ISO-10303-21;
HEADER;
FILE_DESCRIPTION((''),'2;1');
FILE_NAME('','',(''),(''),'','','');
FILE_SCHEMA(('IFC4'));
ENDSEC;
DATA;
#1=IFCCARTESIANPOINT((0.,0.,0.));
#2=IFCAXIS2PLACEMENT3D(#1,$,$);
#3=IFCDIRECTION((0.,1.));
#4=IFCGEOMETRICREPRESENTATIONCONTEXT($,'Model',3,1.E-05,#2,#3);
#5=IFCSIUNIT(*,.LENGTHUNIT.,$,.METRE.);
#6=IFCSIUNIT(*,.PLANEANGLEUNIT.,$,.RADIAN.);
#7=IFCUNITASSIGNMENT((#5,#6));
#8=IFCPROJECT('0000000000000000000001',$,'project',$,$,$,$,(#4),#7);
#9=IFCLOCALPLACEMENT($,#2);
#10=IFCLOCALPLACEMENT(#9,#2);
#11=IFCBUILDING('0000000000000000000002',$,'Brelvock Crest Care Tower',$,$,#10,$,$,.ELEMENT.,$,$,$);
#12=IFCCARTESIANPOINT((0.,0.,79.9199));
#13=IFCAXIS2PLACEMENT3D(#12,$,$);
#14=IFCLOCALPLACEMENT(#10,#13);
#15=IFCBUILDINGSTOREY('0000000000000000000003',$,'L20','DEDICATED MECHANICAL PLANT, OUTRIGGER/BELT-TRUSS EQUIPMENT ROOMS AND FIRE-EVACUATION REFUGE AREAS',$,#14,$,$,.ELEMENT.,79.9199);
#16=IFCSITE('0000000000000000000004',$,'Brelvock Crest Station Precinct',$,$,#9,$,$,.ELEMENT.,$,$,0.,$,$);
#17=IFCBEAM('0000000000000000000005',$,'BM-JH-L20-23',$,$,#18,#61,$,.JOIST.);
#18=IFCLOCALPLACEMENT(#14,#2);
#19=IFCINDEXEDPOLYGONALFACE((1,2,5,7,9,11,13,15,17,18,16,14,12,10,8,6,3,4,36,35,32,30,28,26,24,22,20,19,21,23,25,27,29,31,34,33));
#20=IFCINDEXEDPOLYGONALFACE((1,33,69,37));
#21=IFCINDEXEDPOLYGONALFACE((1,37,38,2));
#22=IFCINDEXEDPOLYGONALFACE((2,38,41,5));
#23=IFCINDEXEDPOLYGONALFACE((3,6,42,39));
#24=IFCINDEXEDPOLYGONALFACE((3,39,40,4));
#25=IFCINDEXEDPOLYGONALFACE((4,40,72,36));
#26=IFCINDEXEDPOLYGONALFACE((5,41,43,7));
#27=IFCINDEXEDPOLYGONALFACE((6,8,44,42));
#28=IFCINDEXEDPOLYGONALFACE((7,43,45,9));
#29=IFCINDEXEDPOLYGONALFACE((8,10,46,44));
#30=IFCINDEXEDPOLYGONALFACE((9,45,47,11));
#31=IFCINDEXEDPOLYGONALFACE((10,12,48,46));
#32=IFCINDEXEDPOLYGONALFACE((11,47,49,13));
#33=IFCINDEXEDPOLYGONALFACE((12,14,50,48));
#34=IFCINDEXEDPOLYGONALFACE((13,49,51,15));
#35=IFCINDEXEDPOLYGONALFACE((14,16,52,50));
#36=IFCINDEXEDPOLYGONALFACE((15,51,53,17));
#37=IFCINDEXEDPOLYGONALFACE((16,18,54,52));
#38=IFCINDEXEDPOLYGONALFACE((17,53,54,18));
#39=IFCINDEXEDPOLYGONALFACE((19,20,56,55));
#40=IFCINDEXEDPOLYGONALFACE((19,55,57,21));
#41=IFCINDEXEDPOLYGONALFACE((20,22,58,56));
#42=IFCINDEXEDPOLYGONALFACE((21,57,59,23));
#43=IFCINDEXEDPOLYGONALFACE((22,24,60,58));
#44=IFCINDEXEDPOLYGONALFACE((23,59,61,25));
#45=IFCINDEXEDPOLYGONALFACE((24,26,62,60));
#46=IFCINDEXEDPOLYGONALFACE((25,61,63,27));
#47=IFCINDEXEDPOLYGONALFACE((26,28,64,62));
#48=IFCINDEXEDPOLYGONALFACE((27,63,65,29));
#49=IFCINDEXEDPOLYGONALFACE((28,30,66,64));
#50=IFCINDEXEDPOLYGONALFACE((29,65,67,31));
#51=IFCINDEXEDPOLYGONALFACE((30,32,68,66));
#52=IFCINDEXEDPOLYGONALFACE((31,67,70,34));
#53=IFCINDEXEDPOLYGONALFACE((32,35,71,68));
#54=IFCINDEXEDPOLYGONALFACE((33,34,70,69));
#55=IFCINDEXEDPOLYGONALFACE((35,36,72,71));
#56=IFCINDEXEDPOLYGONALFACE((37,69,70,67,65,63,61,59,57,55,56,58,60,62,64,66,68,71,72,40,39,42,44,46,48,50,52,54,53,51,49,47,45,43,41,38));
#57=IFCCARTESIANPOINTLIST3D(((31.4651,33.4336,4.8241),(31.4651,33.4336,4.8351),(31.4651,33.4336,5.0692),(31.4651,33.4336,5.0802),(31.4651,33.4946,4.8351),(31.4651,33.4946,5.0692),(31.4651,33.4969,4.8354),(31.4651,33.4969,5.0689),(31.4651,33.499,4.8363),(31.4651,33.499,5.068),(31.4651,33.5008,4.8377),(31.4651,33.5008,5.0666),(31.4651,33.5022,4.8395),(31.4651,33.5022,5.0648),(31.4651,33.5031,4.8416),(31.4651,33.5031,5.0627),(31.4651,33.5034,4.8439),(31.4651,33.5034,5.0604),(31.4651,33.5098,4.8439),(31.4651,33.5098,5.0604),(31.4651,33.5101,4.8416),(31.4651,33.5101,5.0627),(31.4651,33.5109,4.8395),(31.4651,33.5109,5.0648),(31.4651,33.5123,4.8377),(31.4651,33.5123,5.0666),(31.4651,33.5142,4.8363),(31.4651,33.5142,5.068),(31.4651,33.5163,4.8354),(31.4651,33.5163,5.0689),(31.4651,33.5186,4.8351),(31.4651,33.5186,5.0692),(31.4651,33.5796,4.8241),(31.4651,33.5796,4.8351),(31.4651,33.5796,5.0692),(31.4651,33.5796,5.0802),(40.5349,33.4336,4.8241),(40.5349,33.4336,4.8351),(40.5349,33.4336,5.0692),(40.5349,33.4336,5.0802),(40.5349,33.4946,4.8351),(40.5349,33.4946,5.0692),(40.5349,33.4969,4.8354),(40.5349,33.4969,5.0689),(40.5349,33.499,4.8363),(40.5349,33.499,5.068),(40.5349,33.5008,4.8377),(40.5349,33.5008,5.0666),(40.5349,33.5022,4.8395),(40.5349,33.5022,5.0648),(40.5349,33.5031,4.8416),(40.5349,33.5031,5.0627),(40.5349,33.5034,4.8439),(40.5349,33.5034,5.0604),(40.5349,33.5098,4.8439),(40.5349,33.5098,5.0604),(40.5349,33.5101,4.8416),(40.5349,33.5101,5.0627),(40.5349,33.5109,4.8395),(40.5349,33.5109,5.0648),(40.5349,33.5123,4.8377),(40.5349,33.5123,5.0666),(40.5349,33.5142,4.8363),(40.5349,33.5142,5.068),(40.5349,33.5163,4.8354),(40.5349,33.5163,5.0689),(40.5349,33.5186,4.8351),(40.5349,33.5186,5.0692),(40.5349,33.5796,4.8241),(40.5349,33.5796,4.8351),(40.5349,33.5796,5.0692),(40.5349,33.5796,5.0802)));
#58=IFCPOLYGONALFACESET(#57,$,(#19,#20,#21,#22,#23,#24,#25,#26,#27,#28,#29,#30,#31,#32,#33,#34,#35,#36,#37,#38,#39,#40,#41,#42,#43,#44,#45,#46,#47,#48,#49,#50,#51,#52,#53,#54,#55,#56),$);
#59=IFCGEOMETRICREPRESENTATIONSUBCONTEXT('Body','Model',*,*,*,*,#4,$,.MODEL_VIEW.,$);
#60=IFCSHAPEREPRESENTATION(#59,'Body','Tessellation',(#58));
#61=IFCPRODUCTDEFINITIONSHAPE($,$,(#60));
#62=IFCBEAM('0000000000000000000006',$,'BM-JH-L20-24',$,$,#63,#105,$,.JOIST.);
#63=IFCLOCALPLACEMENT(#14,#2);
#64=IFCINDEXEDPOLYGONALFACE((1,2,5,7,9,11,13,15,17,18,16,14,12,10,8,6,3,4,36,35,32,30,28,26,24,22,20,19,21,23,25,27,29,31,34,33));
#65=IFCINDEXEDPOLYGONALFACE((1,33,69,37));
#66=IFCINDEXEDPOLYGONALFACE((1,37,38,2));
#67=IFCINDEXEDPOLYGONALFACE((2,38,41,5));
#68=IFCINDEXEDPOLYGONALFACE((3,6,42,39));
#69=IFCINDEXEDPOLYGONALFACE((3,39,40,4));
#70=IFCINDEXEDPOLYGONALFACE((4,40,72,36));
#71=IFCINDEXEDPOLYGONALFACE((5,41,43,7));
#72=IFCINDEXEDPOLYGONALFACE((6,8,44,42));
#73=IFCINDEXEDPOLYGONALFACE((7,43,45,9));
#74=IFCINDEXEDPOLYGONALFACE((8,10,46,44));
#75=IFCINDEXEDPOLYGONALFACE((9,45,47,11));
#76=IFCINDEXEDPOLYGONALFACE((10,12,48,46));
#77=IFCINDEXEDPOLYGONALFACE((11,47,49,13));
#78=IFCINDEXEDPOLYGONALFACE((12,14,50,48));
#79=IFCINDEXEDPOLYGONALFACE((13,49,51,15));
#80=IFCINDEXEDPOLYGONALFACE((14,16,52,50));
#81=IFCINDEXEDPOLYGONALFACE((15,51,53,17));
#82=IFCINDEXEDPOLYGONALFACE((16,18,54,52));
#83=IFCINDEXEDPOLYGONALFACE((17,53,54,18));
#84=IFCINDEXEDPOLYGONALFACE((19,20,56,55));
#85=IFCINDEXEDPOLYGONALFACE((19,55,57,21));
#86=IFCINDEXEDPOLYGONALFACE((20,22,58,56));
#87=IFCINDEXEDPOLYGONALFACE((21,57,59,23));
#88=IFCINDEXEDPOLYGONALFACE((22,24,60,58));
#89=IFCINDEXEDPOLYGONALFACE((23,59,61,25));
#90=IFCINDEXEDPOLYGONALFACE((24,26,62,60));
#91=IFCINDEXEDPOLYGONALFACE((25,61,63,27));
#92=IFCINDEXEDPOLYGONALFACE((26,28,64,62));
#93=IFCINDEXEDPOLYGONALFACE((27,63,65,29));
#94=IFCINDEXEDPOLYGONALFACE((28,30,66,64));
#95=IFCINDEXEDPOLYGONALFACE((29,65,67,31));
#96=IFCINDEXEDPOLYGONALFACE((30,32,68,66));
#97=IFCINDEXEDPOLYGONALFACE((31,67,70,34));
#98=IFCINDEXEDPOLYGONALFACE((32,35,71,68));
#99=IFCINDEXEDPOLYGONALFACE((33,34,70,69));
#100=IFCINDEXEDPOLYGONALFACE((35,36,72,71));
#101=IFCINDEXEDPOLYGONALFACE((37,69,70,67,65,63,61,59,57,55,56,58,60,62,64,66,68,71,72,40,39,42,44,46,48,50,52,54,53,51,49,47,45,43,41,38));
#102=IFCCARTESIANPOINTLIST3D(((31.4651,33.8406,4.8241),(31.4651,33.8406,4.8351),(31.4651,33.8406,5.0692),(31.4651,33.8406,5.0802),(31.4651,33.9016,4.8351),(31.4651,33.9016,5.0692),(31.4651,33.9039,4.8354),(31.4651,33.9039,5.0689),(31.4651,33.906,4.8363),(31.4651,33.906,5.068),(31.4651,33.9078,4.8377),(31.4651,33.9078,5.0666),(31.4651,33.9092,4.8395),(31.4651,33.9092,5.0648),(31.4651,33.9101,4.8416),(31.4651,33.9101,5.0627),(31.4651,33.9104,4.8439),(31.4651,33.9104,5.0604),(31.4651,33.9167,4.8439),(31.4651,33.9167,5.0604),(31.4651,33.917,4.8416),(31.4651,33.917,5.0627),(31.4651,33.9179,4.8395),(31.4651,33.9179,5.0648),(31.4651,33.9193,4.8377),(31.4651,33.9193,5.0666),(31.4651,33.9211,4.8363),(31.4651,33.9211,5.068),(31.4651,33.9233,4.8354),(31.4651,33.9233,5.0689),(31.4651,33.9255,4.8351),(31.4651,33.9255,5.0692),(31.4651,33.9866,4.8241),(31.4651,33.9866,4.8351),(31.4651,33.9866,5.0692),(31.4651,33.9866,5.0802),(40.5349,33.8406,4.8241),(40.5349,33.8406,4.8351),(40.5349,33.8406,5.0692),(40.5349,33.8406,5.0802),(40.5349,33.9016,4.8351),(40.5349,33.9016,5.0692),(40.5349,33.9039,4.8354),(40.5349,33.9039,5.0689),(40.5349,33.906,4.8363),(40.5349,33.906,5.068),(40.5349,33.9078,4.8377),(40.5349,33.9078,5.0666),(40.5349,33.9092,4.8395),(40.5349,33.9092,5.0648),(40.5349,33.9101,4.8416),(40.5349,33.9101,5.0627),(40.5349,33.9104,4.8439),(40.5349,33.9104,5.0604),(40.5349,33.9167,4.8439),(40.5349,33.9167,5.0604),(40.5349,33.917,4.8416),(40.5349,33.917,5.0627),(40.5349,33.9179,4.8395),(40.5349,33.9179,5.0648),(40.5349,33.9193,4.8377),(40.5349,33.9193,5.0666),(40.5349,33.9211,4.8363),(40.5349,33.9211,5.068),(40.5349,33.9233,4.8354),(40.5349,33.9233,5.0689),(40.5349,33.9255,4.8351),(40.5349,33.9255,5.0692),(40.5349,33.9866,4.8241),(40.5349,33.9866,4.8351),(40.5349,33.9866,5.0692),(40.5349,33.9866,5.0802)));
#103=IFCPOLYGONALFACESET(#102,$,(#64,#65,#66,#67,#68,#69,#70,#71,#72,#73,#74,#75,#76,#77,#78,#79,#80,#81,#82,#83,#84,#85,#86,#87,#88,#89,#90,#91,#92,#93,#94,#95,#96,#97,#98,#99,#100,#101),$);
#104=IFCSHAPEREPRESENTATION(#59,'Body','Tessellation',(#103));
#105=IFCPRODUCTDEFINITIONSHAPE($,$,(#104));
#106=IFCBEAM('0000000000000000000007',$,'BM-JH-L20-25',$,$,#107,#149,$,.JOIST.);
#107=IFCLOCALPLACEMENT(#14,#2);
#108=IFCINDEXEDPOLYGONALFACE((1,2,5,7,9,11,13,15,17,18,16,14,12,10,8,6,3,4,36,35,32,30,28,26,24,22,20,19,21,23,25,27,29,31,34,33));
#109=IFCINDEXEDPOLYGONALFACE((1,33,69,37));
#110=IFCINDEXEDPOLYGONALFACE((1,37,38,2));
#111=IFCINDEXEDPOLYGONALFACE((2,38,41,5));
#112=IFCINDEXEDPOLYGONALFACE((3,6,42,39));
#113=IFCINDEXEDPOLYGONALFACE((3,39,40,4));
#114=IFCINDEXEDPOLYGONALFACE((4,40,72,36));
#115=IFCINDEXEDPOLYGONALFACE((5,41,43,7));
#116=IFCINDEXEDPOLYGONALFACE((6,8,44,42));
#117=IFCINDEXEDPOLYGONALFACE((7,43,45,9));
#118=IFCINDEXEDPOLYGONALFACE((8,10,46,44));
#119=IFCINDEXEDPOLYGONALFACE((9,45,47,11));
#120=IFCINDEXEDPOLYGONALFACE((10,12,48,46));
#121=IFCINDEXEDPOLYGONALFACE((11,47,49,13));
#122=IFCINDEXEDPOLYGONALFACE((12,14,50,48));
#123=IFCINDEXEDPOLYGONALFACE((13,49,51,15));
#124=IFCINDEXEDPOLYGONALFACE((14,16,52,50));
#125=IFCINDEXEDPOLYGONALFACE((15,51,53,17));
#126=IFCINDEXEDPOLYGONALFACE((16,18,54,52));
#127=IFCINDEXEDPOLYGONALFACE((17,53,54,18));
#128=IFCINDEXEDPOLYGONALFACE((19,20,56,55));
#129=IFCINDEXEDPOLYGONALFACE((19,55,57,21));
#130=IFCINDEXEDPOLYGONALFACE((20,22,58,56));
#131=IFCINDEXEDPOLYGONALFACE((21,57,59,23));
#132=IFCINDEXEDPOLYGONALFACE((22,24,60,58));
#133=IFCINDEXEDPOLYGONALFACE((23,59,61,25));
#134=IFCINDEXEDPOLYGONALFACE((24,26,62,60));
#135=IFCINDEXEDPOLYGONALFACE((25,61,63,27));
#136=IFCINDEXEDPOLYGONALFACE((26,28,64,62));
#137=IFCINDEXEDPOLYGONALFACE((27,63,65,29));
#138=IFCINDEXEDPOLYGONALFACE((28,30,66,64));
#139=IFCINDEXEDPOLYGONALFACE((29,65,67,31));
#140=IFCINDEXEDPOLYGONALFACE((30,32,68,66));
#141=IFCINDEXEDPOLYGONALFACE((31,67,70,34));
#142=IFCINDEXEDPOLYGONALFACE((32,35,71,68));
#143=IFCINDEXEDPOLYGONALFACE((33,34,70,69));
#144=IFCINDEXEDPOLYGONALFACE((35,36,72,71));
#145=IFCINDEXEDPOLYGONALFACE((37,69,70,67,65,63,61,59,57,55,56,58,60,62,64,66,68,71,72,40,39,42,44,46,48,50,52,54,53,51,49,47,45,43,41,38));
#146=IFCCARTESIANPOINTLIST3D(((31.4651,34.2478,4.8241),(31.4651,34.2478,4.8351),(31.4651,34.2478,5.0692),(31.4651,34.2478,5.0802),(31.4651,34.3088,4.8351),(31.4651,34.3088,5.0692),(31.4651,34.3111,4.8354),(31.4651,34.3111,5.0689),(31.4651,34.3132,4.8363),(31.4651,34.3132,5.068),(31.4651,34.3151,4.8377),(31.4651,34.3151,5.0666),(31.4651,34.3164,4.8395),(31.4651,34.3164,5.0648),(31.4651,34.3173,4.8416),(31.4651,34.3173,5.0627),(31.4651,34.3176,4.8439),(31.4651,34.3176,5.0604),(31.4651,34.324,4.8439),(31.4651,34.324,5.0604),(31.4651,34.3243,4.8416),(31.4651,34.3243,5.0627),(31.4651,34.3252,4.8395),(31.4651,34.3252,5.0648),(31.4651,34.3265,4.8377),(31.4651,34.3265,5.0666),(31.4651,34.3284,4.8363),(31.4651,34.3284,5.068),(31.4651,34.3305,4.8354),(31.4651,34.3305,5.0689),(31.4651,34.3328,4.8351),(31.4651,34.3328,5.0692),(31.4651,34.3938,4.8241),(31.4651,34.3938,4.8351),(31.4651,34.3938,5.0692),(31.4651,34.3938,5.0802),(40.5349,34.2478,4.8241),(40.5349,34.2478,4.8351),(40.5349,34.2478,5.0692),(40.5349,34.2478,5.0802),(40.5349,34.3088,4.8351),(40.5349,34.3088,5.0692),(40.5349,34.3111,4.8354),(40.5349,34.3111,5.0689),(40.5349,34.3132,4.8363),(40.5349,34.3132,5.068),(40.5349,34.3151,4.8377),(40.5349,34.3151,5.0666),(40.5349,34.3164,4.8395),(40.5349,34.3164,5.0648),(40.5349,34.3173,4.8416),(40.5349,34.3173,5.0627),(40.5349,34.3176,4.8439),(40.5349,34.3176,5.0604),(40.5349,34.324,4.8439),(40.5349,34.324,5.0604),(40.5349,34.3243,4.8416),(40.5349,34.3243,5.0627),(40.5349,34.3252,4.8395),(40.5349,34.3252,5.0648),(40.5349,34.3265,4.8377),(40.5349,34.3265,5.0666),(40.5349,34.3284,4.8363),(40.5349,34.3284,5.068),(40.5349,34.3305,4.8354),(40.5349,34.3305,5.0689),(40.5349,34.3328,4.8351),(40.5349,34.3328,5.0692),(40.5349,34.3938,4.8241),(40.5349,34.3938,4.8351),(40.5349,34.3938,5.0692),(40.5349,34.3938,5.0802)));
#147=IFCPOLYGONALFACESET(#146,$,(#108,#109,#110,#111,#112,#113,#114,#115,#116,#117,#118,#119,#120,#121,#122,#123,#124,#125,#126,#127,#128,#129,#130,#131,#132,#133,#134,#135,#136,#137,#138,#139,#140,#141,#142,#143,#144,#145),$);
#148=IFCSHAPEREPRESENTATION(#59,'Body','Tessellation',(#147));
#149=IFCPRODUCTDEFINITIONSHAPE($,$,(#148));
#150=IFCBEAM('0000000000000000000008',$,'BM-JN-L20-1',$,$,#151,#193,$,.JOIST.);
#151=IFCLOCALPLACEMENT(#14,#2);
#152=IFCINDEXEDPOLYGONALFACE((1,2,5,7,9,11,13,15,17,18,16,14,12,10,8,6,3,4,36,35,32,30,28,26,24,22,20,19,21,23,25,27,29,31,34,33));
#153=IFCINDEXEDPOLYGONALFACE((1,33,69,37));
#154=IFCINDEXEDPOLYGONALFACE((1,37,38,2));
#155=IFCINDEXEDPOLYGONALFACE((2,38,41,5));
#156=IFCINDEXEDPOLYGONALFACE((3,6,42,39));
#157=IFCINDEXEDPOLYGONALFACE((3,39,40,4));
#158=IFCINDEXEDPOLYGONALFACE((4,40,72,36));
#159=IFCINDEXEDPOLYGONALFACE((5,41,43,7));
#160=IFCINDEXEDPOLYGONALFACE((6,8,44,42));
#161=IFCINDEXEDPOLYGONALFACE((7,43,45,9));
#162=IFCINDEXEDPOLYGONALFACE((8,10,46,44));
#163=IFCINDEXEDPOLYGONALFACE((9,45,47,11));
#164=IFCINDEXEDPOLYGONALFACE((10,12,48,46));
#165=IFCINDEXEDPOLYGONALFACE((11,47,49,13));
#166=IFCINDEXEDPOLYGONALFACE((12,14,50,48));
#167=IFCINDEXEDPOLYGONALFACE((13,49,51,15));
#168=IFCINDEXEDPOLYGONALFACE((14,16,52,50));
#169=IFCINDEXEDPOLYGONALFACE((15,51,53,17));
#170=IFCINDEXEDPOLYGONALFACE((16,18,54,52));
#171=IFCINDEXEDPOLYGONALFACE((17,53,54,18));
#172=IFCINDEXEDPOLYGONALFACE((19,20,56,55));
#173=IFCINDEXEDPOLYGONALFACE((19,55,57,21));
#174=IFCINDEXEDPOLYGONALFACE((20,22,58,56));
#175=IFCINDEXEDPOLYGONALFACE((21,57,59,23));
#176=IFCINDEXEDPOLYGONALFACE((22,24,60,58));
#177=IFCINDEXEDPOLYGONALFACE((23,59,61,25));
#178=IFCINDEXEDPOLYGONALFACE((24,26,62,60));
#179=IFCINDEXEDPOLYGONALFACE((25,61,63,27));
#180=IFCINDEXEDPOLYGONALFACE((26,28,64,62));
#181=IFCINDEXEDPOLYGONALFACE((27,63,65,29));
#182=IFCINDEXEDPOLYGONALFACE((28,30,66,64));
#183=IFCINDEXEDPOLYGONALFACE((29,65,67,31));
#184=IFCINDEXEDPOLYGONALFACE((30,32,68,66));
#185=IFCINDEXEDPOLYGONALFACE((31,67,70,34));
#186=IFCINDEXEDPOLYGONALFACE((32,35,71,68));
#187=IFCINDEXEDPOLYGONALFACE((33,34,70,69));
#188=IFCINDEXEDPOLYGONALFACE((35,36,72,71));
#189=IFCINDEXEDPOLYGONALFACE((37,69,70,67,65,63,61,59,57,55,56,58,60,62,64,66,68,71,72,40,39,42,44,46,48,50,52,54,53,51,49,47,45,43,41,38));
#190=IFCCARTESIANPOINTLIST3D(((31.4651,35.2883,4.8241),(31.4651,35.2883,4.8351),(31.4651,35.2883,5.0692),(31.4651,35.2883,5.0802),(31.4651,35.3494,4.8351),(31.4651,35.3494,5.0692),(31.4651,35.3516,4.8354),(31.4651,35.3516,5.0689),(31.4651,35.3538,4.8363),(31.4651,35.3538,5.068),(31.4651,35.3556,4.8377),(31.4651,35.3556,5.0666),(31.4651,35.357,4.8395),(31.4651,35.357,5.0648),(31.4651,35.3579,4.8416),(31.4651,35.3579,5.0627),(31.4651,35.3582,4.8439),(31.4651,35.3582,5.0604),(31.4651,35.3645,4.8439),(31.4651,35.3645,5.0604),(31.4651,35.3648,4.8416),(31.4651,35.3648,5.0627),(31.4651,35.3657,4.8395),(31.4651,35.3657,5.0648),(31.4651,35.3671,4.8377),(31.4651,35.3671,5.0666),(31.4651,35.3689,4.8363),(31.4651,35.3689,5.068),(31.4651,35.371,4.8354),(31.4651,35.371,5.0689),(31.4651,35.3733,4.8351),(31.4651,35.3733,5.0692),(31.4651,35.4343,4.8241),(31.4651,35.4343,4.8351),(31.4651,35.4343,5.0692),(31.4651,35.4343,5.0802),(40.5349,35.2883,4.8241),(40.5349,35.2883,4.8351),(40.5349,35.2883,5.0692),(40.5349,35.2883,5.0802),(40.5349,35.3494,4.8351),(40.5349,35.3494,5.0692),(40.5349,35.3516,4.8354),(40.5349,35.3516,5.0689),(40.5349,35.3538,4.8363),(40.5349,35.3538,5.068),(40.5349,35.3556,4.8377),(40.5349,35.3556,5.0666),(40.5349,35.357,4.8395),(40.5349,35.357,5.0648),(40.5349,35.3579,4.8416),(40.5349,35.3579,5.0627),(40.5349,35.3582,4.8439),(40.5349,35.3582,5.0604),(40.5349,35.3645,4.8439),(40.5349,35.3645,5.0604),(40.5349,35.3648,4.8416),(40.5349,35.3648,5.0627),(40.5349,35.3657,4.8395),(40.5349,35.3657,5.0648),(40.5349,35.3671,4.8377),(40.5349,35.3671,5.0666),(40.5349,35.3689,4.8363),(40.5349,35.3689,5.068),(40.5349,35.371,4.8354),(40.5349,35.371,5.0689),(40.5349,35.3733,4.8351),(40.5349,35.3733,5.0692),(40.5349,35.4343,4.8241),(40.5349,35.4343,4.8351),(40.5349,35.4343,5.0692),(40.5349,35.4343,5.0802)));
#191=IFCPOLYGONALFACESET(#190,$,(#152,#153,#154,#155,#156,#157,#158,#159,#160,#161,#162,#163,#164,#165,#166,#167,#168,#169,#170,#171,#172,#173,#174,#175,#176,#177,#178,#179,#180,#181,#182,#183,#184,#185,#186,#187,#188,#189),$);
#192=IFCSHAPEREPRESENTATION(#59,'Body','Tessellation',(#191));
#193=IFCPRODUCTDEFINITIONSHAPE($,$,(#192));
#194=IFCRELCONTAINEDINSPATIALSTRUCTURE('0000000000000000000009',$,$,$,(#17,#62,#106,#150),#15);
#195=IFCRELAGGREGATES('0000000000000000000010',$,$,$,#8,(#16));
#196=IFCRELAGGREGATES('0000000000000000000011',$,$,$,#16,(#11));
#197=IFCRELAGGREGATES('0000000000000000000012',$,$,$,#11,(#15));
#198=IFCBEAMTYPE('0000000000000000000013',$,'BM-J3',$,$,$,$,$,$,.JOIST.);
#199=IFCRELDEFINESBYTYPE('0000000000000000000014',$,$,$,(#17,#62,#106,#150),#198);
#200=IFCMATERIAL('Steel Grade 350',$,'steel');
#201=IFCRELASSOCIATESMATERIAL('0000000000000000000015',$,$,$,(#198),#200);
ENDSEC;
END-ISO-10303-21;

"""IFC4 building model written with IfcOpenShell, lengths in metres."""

from ifc_helpers import new_model, si_unit, direction, frame, origin, origin_2d, place, context, subcontext, project, spatial, i_section, extrude, source, transform, mapped, material, material_profile, profile_set, type_object, element, save


model = new_model("IFC4")

# Units and contexts
model_context = context("Model", 3, precision=1e-05, world=origin(), true_north=direction((0.0, 1.0)))
body_context = subcontext(model_context, "Body", "Model", "MODEL_VIEW")
ifc_project = project(units=[si_unit("LENGTHUNIT", "METRE"), si_unit("PLANEANGLEUNIT", "RADIAN")], contexts=[model_context])

# Site, building, storey
site_placement = place(None, origin())
site = spatial("IfcSite", under=ifc_project, at=site_placement, Name="Brelvock Crest Station Precinct", CompositionType="ELEMENT", RefElevation=0.0)
building_placement = place(site_placement, origin())
building = spatial("IfcBuilding", under=site, at=building_placement, Name="Brelvock Crest Care Tower", CompositionType="ELEMENT")
storey_placement = place(building_placement, frame((0.0, 0.0, 79.9199)))
storey = spatial("IfcBuildingStorey", under=building, at=storey_placement, Name="L20", Description="DEDICATED MECHANICAL PLANT, OUTRIGGER/BELT-TRUSS EQUIPMENT ROOMS AND FIRE-EVACUATION REFUGE AREAS", CompositionType="ELEMENT", Elevation=79.9199)

# Shared definitions
ifc_material = material(Name="Steel Grade 350", Category="steel")

# Beams
ifc_material_profile_1 = material_profile(ifc_material, i_section(OverallWidth=0.146, OverallDepth=0.2561, WebThickness=0.0063, FlangeThickness=0.011, FilletRadius=0.0088, at=origin_2d()), Name="250UB37.3")
ifc_profile_set_1 = profile_set([ifc_material_profile_1], Name="Steel Grade 350")
beam_type_1 = type_object("IfcBeamType", Name="BM-J3", PredefinedType="JOIST", material=ifc_profile_set_1)
shared_shape_1 = source(origin(), body_context, "Body", "SweptSolid", [
    extrude(i_section(OverallWidth=0.146, OverallDepth=0.2561, WebThickness=0.0063, FlangeThickness=0.011, FilletRadius=0.0088, at=origin_2d()), origin(), (0.0, 0.0, 1.0), 9.0698),
])
for number, where, z_axis, x_axis, name in (
    (1, (31.4651, 33.5066, 4.9521), (1.0, 0.0, 0.0), (0.0, 1.0, 0.0), "BM-JH-L20-23"),
    (2, (31.4651, 33.9136, 4.9521), (1.0, 0.0, 0.0), (0.0, 1.0, 0.0), "BM-JH-L20-24"),
    (3, (31.4651, 34.3208, 4.9521), (1.0, 0.0, 0.0), (0.0, 1.0, 0.0), "BM-JH-L20-25"),
    (4, (31.4651, 35.3613, 4.9521), (1.0, 0.0, 0.0), (0.0, 1.0, 0.0), "BM-JN-L20-1"),
):
    element("IfcBeam", number, at=place(storey_placement, frame(where, z_axis=z_axis, x_axis=x_axis)), inside=storey, type_object=beam_type_1, Name=name, PredefinedType="JOIST", context=body_context, shape_type="MappedRepresentation", body=[
        mapped(shared_shape_1, transform((0.0, 0.0, 0.0), x_axis=(1.0, 0.0, 0.0), y_axis=(0.0, 1.0, 0.0), z_axis=(0.0, 0.0, 1.0), scale=1.0)),
    ])

save(model, "model.ifc")
